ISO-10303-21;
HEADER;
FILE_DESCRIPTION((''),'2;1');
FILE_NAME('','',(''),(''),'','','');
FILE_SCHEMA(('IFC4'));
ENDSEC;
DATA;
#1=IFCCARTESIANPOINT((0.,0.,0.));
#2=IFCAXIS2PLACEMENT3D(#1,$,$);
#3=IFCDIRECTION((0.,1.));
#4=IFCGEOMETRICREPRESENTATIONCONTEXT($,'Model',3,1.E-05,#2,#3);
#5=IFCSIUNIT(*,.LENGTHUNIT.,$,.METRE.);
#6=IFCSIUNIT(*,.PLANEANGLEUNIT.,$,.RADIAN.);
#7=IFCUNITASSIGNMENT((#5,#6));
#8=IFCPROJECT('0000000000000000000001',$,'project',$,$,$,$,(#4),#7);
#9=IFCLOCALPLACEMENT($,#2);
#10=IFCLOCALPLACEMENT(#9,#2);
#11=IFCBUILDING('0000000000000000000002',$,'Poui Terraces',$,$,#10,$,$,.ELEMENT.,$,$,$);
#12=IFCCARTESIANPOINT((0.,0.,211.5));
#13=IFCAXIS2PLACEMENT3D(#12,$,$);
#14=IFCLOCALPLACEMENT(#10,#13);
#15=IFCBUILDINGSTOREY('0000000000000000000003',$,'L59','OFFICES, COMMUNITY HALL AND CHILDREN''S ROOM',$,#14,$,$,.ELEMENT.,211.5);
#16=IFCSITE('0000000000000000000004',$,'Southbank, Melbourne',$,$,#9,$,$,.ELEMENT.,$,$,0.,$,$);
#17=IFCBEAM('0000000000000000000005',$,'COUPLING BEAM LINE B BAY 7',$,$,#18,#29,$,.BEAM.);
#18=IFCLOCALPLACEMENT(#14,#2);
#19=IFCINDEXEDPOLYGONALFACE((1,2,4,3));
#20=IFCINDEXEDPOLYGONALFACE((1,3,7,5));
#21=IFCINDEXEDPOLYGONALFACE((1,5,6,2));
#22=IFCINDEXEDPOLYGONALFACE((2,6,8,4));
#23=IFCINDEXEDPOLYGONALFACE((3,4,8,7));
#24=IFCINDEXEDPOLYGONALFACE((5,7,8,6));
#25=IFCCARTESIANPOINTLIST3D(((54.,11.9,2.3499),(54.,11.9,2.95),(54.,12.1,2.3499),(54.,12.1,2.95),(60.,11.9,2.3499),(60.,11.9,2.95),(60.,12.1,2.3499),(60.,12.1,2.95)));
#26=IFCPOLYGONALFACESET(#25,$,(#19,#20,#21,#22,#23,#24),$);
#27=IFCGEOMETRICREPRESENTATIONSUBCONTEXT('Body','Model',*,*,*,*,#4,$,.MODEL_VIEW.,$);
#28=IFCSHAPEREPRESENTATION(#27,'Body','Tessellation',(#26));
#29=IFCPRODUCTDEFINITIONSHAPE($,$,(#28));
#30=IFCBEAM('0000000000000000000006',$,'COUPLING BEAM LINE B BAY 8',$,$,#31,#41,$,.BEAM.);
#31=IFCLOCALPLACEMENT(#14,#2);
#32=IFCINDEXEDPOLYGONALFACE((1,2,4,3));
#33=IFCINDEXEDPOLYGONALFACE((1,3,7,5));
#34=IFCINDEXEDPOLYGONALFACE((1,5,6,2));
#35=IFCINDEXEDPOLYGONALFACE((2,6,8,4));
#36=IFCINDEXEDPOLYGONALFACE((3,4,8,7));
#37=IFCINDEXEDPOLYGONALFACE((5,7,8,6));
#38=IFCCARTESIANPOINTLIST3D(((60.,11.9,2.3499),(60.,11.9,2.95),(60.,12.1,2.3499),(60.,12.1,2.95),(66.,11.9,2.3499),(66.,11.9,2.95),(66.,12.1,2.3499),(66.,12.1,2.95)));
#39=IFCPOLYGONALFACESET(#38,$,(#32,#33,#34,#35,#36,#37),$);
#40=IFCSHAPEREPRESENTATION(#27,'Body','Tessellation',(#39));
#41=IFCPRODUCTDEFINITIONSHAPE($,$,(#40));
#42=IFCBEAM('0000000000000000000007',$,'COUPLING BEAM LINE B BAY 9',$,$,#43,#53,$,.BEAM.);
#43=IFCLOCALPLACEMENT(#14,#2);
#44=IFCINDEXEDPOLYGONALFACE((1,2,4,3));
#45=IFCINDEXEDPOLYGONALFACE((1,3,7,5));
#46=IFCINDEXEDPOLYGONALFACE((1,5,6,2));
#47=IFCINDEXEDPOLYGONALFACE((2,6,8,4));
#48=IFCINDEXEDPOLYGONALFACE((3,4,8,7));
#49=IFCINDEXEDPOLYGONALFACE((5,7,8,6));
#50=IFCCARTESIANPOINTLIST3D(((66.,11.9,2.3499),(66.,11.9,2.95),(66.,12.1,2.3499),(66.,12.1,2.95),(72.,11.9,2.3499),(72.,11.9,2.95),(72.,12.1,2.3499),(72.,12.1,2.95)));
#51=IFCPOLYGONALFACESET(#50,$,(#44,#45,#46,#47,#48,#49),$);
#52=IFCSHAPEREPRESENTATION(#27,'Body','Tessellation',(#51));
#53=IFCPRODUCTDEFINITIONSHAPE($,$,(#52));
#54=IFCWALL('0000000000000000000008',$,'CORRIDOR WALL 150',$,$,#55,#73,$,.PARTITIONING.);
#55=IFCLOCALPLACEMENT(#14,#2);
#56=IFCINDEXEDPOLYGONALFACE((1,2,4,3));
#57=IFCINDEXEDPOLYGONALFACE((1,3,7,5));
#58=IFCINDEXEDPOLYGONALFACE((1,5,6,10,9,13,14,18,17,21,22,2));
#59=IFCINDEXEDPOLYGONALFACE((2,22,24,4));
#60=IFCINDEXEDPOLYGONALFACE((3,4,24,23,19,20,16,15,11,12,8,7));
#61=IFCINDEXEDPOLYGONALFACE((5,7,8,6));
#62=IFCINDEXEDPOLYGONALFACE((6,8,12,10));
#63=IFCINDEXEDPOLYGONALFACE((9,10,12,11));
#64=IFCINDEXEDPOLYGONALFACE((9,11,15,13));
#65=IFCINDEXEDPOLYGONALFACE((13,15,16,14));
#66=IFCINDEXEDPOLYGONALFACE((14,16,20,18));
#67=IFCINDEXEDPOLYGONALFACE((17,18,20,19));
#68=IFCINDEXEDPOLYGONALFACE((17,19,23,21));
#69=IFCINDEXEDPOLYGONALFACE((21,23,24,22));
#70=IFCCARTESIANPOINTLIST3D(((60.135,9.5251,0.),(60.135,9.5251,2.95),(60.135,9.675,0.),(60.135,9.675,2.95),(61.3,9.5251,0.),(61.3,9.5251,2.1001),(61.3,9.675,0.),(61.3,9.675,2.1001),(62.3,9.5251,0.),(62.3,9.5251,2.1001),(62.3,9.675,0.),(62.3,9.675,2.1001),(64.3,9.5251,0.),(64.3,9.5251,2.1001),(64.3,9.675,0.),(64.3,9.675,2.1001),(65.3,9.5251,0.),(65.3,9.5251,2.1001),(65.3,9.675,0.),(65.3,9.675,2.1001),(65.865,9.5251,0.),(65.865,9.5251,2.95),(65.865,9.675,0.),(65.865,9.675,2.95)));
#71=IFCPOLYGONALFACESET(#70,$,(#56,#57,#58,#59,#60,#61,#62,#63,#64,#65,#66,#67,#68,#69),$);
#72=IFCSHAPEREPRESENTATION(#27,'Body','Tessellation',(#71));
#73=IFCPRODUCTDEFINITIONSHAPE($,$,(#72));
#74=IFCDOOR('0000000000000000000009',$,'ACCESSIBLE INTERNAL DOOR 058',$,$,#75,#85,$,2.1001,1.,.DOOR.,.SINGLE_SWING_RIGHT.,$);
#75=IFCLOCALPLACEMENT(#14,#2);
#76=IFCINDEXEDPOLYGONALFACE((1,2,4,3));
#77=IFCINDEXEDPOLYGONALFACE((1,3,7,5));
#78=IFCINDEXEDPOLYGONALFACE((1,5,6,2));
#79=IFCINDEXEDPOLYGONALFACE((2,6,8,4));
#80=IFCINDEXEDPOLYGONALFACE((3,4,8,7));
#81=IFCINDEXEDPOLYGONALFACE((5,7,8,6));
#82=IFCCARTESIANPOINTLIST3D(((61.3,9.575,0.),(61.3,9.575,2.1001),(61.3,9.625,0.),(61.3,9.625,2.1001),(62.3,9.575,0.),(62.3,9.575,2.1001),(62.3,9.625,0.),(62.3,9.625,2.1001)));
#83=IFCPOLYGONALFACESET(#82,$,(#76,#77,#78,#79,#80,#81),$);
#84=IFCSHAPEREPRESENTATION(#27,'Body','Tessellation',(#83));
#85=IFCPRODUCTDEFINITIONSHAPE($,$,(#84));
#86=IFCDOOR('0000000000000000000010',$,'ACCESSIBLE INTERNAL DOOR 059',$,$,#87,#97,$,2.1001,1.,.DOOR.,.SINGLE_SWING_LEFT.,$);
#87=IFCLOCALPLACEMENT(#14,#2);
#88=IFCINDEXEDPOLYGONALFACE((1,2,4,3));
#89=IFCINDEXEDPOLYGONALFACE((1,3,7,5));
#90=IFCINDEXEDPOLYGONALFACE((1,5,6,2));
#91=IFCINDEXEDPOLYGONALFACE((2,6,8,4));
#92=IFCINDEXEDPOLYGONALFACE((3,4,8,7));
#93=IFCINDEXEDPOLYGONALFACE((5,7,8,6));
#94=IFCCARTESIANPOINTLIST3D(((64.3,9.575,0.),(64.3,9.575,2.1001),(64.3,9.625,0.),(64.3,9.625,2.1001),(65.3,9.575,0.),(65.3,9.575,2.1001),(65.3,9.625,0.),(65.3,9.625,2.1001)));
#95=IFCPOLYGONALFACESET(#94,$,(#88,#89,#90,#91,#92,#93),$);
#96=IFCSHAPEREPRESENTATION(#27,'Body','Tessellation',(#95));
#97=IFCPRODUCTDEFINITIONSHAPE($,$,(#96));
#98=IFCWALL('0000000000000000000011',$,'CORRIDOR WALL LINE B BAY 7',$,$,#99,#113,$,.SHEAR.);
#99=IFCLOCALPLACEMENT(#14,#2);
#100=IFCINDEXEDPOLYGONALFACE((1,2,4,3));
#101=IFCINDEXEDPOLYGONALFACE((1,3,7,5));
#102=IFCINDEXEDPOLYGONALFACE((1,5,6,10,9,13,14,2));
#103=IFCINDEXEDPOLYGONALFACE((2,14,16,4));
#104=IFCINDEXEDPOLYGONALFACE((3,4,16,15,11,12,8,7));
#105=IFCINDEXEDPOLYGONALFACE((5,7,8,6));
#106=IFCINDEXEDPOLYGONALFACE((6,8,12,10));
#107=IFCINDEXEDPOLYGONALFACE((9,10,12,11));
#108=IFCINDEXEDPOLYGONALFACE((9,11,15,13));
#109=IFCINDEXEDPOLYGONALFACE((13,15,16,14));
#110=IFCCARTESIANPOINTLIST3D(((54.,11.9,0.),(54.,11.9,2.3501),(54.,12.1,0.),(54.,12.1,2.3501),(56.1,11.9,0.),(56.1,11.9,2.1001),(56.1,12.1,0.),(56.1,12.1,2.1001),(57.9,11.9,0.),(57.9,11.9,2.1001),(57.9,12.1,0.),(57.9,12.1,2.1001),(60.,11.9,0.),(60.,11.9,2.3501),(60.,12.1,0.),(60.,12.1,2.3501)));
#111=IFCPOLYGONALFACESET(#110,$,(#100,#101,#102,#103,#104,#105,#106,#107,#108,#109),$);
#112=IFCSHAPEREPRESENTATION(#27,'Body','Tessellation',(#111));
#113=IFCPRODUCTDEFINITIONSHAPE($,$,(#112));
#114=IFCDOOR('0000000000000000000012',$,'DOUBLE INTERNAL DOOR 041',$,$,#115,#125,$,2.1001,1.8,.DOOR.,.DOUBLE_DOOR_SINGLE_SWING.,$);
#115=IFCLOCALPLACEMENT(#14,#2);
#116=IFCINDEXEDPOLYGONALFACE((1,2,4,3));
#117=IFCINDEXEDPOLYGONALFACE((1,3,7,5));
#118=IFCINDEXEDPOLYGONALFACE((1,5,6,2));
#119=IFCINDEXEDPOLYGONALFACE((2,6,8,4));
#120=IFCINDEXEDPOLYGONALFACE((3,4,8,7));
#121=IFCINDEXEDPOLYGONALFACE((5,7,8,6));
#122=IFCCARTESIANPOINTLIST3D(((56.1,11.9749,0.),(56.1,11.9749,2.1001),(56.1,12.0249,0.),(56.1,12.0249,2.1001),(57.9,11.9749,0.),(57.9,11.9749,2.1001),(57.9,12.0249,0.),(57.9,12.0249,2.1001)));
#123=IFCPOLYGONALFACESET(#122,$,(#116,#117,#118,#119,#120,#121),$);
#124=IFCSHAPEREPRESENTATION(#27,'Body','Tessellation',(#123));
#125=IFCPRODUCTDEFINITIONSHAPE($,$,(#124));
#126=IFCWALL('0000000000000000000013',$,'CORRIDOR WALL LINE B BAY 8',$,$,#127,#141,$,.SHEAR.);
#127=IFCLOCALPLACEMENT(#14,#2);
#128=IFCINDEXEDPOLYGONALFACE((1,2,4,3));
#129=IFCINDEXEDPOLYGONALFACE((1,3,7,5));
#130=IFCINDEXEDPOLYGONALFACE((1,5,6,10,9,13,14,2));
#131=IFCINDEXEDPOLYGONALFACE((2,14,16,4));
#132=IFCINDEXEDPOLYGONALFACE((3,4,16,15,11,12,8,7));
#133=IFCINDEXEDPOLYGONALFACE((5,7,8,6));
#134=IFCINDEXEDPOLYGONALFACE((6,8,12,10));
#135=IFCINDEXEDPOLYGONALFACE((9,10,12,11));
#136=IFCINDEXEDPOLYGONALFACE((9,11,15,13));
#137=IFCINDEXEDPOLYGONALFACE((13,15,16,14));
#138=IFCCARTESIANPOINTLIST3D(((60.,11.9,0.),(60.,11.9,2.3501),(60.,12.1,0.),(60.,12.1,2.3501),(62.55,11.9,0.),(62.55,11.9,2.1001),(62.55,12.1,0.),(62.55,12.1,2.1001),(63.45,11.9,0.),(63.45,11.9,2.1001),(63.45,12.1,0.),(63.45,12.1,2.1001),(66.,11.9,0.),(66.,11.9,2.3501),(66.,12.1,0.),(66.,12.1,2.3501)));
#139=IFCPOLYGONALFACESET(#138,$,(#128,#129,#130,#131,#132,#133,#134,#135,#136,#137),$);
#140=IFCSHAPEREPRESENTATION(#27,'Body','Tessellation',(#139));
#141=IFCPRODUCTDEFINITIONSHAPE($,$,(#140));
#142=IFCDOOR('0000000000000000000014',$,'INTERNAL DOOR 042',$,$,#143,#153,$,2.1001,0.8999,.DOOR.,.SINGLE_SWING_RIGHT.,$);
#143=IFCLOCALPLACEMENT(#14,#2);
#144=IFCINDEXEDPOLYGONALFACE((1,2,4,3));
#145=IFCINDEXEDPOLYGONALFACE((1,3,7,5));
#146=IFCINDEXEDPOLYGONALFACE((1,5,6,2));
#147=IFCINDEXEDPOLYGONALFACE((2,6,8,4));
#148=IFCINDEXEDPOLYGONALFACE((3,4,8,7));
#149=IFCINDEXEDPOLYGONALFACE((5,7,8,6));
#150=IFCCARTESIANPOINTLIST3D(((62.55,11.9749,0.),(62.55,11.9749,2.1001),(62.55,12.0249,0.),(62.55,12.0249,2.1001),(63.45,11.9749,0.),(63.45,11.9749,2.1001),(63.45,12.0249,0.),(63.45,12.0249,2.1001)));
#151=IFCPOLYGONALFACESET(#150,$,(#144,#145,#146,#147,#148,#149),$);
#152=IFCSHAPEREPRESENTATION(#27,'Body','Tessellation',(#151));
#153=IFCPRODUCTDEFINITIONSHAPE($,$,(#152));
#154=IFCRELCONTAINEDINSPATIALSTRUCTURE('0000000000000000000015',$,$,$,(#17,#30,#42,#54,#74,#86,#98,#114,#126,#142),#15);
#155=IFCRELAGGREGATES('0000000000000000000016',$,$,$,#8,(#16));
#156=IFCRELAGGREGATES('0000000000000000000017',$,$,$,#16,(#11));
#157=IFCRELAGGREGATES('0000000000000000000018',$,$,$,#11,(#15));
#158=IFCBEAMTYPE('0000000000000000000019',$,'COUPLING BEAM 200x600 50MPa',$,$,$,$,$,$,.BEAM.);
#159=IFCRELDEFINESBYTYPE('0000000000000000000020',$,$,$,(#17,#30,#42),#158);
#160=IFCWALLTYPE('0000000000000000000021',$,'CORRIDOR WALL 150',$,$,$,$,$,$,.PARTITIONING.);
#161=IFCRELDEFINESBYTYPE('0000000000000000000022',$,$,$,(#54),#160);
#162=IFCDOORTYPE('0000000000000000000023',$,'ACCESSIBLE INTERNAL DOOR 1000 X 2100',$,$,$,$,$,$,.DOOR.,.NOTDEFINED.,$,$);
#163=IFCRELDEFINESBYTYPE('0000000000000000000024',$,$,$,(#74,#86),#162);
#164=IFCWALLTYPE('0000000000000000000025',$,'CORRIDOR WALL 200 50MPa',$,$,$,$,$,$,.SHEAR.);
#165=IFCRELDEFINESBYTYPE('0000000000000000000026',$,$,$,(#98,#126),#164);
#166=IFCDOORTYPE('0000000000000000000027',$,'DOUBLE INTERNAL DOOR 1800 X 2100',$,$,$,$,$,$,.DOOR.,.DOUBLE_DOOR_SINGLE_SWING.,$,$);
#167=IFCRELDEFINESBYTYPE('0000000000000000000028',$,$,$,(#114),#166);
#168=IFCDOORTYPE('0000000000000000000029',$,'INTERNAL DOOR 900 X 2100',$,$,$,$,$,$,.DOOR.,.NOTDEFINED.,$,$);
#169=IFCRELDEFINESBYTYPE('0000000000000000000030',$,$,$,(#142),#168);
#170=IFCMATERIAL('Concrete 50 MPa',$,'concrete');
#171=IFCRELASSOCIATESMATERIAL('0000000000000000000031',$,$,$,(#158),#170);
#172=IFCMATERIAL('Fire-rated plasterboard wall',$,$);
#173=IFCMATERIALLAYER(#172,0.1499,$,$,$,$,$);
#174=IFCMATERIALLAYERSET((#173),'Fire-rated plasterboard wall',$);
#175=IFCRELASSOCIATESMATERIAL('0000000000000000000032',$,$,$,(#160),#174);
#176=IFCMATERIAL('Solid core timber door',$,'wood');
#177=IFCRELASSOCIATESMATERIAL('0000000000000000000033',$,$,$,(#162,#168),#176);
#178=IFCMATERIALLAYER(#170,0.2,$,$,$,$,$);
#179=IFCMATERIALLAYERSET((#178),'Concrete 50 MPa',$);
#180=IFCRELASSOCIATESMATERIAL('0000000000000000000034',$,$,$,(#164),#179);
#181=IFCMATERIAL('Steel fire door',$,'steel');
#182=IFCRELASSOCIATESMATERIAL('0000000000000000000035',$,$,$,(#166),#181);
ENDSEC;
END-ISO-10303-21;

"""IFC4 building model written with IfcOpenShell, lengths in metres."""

from ifc_helpers import new_model, si_unit, direction, frame, frame_2d, origin, origin_2d, place, context, subcontext, project, spatial, rectangle, extrude, source, transform, mapped, material, layer, layer_set, material_profile, profile_set, type_object, element, fill, save


model = new_model("IFC4")

# Units and contexts
model_context = context("Model", 3, precision=1e-05, world=origin(), true_north=direction((0.0, 1.0)))
body_context = subcontext(model_context, "Body", "Model", "MODEL_VIEW")
ifc_project = project(units=[si_unit("LENGTHUNIT", "METRE"), si_unit("PLANEANGLEUNIT", "RADIAN")], contexts=[model_context])

# Site, building, storey
site_placement = place(None, origin())
site = spatial("IfcSite", under=ifc_project, at=site_placement, Name="Southbank, Melbourne", CompositionType="ELEMENT", RefElevation=0.0)
building_placement = place(site_placement, origin())
building = spatial("IfcBuilding", under=site, at=building_placement, Name="Poui Terraces", CompositionType="ELEMENT")
storey_placement = place(building_placement, frame((0.0, 0.0, 211.5)))
storey = spatial("IfcBuildingStorey", under=building, at=storey_placement, Name="L59", Description="OFFICES, COMMUNITY HALL AND CHILDREN'S ROOM", CompositionType="ELEMENT", Elevation=211.5)

# Beams
ifc_material_1 = material(Name="Concrete 50 MPa", Category="concrete")
ifc_material_profile = material_profile(ifc_material_1, rectangle(XDim=0.2, YDim=0.6001, at=origin_2d()), Name="RC 200x600")
ifc_profile_set = profile_set([ifc_material_profile], Name="Concrete 50 MPa")
beam_type = type_object("IfcBeamType", Name="COUPLING BEAM 200x600 50MPa", PredefinedType="BEAM", material=ifc_profile_set)
shared_shape = source(origin(), body_context, "Body", "SweptSolid", [
    extrude(rectangle(XDim=0.2, YDim=0.6001, at=origin_2d()), origin(), (0.0, 0.0, 1.0), 6.0),
])
for number, where, z_axis, x_axis, name in (
    (1, (54.0, 12.0, 2.6499), (1.0, 0.0, 0.0), (0.0, 1.0, 0.0), "COUPLING BEAM LINE B BAY 7"),
    (2, (60.0, 12.0, 2.6499), (1.0, 0.0, 0.0), (0.0, 1.0, 0.0), "COUPLING BEAM LINE B BAY 8"),
    (3, (66.0, 12.0, 2.6499), (1.0, 0.0, 0.0), (0.0, 1.0, 0.0), "COUPLING BEAM LINE B BAY 9"),
):
    element("IfcBeam", number, at=place(storey_placement, frame(where, z_axis=z_axis, x_axis=x_axis)), inside=storey, type_object=beam_type, Name=name, PredefinedType="BEAM", context=body_context, shape_type="MappedRepresentation", body=[
        mapped(shared_shape, transform((0.0, 0.0, 0.0))),
    ])

# Wall, openings, doors
ifc_material_2 = material(Name="Fire-rated plasterboard wall")
ifc_layer_1 = layer(ifc_material_2, 0.1499)
ifc_layer_set_1 = layer_set([ifc_layer_1], Name="Fire-rated plasterboard wall")
wall_type_1 = type_object("IfcWallType", Name="CORRIDOR WALL 150", PredefinedType="PARTITIONING", material=ifc_layer_set_1)
wall_1_placement = place(storey_placement, frame((60.135, 9.6001, 0.0), z_axis=(0.0, 0.0, 1.0), x_axis=(1.0, 0.0, 0.0)))
wall_1 = element("IfcWall", 4, at=wall_1_placement, inside=storey, type_object=wall_type_1, Name="CORRIDOR WALL 150", PredefinedType="PARTITIONING", context=body_context, shape_type="SweptSolid", body=[
    extrude(rectangle(XDim=5.73, YDim=0.1499, at=frame_2d((2.865, 0.0))), origin(), (0.0, 0.0, 1.0), 2.95),
])
opening_1_placement = place(wall_1_placement, frame((1.165, 0.0, 0.0)))
opening_1 = element("IfcOpeningElement", 5, at=opening_1_placement, cuts=wall_1, PredefinedType="OPENING", context=body_context, shape_type="SweptSolid", body=[
    extrude(rectangle(XDim=1.0, YDim=2.1001, at=frame_2d((0.5, 1.05))), frame((0.0, 0.085, 0.0), z_axis=(0.0, -1.0, 0.0), x_axis=(1.0, 0.0, 0.0)), (0.0, 0.0, 1.0), 0.1699),
])
opening_2_placement = place(wall_1_placement, frame((4.165, 0.0, 0.0)))
opening_2 = element("IfcOpeningElement", 6, at=opening_2_placement, cuts=wall_1, PredefinedType="OPENING", context=body_context, shape_type="SweptSolid", body=[
    extrude(rectangle(XDim=1.0, YDim=2.1001, at=frame_2d((0.5, 1.05))), frame((0.0, 0.085, 0.0), z_axis=(0.0, -1.0, 0.0), x_axis=(1.0, 0.0, 0.0)), (0.0, 0.0, 1.0), 0.1699),
])
ifc_material_3 = material(Name="Solid core timber door", Category="wood")
door_type_1 = type_object("IfcDoorType", Name="ACCESSIBLE INTERNAL DOOR 1000 X 2100", OperationType="NOTDEFINED", PredefinedType="DOOR", material=ifc_material_3)
door_1_placement = place(opening_1_placement, origin())
door_1 = element("IfcDoor", 7, at=door_1_placement, inside=storey, type_object=door_type_1, Name="ACCESSIBLE INTERNAL DOOR 058", OperationType="SINGLE_SWING_RIGHT", OverallHeight=2.1001, OverallWidth=1.0, PredefinedType="DOOR", context=body_context, shape_type="SweptSolid", body=[
    extrude(rectangle(XDim=1.0, YDim=2.1001, at=frame_2d((0.5, 1.05))), frame((0.0, 0.0249, 0.0), z_axis=(0.0, -1.0, 0.0), x_axis=(1.0, 0.0, 0.0)), (0.0, 0.0, 1.0), 0.05),
])
fill(opening_1, door_1)
door_2_placement = place(opening_2_placement, origin())
door_2 = element("IfcDoor", 8, at=door_2_placement, inside=storey, type_object=door_type_1, Name="ACCESSIBLE INTERNAL DOOR 059", OperationType="SINGLE_SWING_LEFT", OverallHeight=2.1001, OverallWidth=1.0, PredefinedType="DOOR", context=body_context, shape_type="SweptSolid", body=[
    extrude(rectangle(XDim=1.0, YDim=2.1001, at=frame_2d((0.5, 1.05))), frame((0.0, 0.0249, 0.0), z_axis=(0.0, -1.0, 0.0), x_axis=(1.0, 0.0, 0.0)), (0.0, 0.0, 1.0), 0.05),
])
fill(opening_2, door_2)

# Walls, openings, doors
ifc_layer_2 = layer(ifc_material_1, 0.2)
ifc_layer_set_2 = layer_set([ifc_layer_2], Name="Concrete 50 MPa")
wall_type_2 = type_object("IfcWallType", Name="CORRIDOR WALL 200 50MPa", PredefinedType="SHEAR", material=ifc_layer_set_2)
wall_2_placement = place(storey_placement, frame((54.0, 12.0, 0.0), z_axis=(0.0, 0.0, 1.0), x_axis=(1.0, 0.0, 0.0)))
wall_2 = element("IfcWall", 9, at=wall_2_placement, inside=storey, type_object=wall_type_2, Name="CORRIDOR WALL LINE B BAY 7", PredefinedType="SHEAR", context=body_context, shape_type="SweptSolid", body=[
    extrude(rectangle(XDim=6.0, YDim=0.2, at=frame_2d((3.0, 0.0))), origin(), (0.0, 0.0, 1.0), 2.3501),
])
opening_3_placement = place(wall_2_placement, frame((2.1001, 0.0, 0.0)))
opening_3 = element("IfcOpeningElement", 10, at=opening_3_placement, cuts=wall_2, PredefinedType="OPENING", context=body_context, shape_type="SweptSolid", body=[
    extrude(rectangle(XDim=1.8, YDim=2.1001, at=frame_2d((0.8999, 1.05))), frame((0.0, 0.1099, 0.0), z_axis=(0.0, -1.0, 0.0), x_axis=(1.0, 0.0, 0.0)), (0.0, 0.0, 1.0), 0.22),
])
ifc_material_4 = material(Name="Steel fire door", Category="steel")
door_type_2 = type_object("IfcDoorType", Name="DOUBLE INTERNAL DOOR 1800 X 2100", OperationType="DOUBLE_DOOR_SINGLE_SWING", PredefinedType="DOOR", material=ifc_material_4)
door_3_placement = place(opening_3_placement, origin())
door_3 = element("IfcDoor", 11, at=door_3_placement, inside=storey, type_object=door_type_2, Name="DOUBLE INTERNAL DOOR 041", OperationType="DOUBLE_DOOR_SINGLE_SWING", OverallHeight=2.1001, OverallWidth=1.8, PredefinedType="DOOR", context=body_context, shape_type="SweptSolid", body=[
    extrude(rectangle(XDim=1.8, YDim=2.1001, at=frame_2d((0.8999, 1.05))), frame((0.0, 0.0249, 0.0), z_axis=(0.0, -1.0, 0.0), x_axis=(1.0, 0.0, 0.0)), (0.0, 0.0, 1.0), 0.05),
])
fill(opening_3, door_3)
wall_3_placement = place(storey_placement, frame((60.0, 12.0, 0.0), z_axis=(0.0, 0.0, 1.0), x_axis=(1.0, 0.0, 0.0)))
wall_3 = element("IfcWall", 12, at=wall_3_placement, inside=storey, type_object=wall_type_2, Name="CORRIDOR WALL LINE B BAY 8", PredefinedType="SHEAR", context=body_context, shape_type="SweptSolid", body=[
    extrude(rectangle(XDim=6.0, YDim=0.2, at=frame_2d((3.0, 0.0))), origin(), (0.0, 0.0, 1.0), 2.3501),
])
opening_4_placement = place(wall_3_placement, frame((2.55, 0.0, 0.0)))
opening_4 = element("IfcOpeningElement", 13, at=opening_4_placement, cuts=wall_3, PredefinedType="OPENING", context=body_context, shape_type="SweptSolid", body=[
    extrude(rectangle(XDim=0.8999, YDim=2.1001, at=frame_2d((0.45, 1.05))), frame((0.0, 0.1099, 0.0), z_axis=(0.0, -1.0, 0.0), x_axis=(1.0, 0.0, 0.0)), (0.0, 0.0, 1.0), 0.22),
])
door_type_3 = type_object("IfcDoorType", Name="INTERNAL DOOR 900 X 2100", OperationType="NOTDEFINED", PredefinedType="DOOR", material=ifc_material_3)
door_4_placement = place(opening_4_placement, origin())
door_4 = element("IfcDoor", 14, at=door_4_placement, inside=storey, type_object=door_type_3, Name="INTERNAL DOOR 042", OperationType="SINGLE_SWING_RIGHT", OverallHeight=2.1001, OverallWidth=0.8999, PredefinedType="DOOR", context=body_context, shape_type="SweptSolid", body=[
    extrude(rectangle(XDim=0.8999, YDim=2.1001, at=frame_2d((0.45, 1.05))), frame((0.0, 0.0249, 0.0), z_axis=(0.0, -1.0, 0.0), x_axis=(1.0, 0.0, 0.0)), (0.0, 0.0, 1.0), 0.05),
])
fill(opening_4, door_4)

save(model, "model.ifc")
